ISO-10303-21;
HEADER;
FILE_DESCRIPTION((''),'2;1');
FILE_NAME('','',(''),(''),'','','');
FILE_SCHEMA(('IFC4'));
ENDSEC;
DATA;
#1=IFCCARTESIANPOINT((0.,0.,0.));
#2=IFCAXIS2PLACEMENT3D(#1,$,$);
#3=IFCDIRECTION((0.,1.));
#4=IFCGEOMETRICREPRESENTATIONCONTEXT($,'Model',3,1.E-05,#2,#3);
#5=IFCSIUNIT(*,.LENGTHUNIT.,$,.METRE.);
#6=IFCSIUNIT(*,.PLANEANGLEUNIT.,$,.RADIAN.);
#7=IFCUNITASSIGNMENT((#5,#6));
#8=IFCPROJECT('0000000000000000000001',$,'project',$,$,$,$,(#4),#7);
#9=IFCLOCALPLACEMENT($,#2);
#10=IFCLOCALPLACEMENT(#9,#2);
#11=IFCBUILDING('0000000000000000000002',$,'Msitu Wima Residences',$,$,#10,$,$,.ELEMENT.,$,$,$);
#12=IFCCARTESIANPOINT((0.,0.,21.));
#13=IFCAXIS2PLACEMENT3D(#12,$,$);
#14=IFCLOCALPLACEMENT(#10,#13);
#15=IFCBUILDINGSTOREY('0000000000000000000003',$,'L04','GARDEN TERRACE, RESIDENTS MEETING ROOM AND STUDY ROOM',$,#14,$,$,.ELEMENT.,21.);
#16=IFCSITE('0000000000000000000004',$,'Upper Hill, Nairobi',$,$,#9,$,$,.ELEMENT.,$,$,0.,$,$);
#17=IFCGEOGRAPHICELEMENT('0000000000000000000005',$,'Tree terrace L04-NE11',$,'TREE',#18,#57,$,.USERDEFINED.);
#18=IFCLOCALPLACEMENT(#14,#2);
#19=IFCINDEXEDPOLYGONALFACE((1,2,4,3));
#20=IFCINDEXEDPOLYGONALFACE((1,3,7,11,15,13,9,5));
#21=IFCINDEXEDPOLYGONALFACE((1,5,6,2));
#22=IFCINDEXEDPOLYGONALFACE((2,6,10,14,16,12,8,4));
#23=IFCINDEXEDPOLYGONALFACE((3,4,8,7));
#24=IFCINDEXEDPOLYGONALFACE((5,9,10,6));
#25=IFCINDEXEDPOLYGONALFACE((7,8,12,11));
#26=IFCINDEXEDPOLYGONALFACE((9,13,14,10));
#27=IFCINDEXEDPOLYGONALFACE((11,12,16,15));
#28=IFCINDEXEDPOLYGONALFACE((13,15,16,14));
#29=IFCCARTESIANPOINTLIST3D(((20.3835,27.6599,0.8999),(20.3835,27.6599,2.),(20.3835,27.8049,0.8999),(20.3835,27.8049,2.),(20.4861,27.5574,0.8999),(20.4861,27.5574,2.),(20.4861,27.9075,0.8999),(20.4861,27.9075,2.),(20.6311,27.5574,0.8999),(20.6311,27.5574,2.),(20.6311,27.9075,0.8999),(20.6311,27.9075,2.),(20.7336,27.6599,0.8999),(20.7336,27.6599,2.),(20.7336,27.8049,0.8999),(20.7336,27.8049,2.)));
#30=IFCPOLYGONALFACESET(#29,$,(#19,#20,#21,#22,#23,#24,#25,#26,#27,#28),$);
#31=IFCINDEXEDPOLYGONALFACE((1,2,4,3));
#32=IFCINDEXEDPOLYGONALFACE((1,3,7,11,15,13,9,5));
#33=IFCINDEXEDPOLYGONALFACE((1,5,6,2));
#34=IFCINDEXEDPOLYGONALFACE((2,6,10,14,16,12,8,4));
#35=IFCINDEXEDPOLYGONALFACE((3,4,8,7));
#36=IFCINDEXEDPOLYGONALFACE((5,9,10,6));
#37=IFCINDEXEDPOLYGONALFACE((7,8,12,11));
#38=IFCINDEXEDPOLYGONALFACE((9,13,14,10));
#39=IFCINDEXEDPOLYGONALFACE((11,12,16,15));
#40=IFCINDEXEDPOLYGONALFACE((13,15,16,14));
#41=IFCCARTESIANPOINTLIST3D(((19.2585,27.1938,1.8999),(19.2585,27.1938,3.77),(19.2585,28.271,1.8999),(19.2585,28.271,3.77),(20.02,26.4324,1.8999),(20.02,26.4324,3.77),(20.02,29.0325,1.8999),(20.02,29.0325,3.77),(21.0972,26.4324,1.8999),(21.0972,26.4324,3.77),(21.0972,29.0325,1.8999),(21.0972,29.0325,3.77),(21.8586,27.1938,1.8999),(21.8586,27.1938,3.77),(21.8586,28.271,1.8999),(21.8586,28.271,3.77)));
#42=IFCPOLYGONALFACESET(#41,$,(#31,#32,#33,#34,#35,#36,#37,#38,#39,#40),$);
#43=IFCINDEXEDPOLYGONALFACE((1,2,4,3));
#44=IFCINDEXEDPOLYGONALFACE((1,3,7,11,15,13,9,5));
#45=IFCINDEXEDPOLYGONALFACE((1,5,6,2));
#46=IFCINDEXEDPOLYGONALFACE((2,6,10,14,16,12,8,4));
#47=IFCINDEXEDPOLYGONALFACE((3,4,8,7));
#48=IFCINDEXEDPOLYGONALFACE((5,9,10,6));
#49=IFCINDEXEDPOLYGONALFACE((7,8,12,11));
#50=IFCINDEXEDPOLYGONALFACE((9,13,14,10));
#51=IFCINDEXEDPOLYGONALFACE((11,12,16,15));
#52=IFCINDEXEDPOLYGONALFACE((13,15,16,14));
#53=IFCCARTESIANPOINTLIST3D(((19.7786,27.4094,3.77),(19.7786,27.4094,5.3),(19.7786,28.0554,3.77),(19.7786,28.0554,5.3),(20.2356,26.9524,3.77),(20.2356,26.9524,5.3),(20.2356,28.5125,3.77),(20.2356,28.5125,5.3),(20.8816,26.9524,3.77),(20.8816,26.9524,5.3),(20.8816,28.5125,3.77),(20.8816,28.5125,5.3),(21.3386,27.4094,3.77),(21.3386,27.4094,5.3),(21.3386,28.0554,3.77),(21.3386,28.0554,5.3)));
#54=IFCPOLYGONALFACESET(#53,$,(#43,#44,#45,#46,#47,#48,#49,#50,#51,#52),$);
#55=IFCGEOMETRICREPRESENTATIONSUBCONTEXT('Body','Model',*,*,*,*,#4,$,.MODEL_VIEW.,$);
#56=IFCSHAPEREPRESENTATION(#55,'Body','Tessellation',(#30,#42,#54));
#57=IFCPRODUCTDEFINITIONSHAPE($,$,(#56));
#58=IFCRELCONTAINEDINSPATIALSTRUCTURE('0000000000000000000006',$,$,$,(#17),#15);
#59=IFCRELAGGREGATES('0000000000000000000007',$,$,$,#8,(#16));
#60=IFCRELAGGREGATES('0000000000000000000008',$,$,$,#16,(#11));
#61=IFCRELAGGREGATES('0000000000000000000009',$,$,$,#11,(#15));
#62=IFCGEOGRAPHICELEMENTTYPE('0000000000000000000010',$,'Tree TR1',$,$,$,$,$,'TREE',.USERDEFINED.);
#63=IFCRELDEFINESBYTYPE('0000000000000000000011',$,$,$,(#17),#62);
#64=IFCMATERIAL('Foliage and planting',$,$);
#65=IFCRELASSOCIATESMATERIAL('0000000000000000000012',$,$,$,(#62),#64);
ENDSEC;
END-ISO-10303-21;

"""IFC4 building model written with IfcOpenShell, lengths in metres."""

from ifc_helpers import new_model, si_unit, direction, frame, origin, place, context, subcontext, project, spatial, polyline, outline, extrude, material, type_object, element, save


model = new_model("IFC4")

# Units and contexts
model_context = context("Model", 3, precision=1e-05, world=origin(), true_north=direction((0.0, 1.0)))
body_context = subcontext(model_context, "Body", "Model", "MODEL_VIEW")
ifc_project = project(units=[si_unit("LENGTHUNIT", "METRE"), si_unit("PLANEANGLEUNIT", "RADIAN")], contexts=[model_context])

# Site, building, storey
site_placement = place(None, origin())
site = spatial("IfcSite", under=ifc_project, at=site_placement, Name="Upper Hill, Nairobi", CompositionType="ELEMENT", RefElevation=0.0)
building_placement = place(site_placement, origin())
building = spatial("IfcBuilding", under=site, at=building_placement, Name="Msitu Wima Residences", CompositionType="ELEMENT")
storey_placement = place(building_placement, frame((0.0, 0.0, 21.0)))
storey = spatial("IfcBuildingStorey", under=building, at=storey_placement, Name="L04", Description="GARDEN TERRACE, RESIDENTS MEETING ROOM AND STUDY ROOM", CompositionType="ELEMENT", Elevation=21.0)

# Geographic element
ifc_material_1 = material(Name="Foliage and planting")
geographic_element_type = type_object("IfcGeographicElementType", Name="Tree TR1", ElementType="TREE", PredefinedType="USERDEFINED", material=ifc_material_1)
for number, where, z_axis, x_axis, name in (
    (1, (20.5586, 27.7324, 0.8999), (0.0, 0.0, 1.0), (1.0, 0.0, 0.0), "Tree terrace L04-NE11"),
):
    element("IfcGeographicElement", number, at=place(storey_placement, frame(where, z_axis=z_axis, x_axis=x_axis)), inside=storey, type_object=geographic_element_type, Name=name, ObjectType="TREE", PredefinedType="USERDEFINED", context=body_context, shape_type="SweptSolid", body=[
        extrude(outline(polyline([(0.175, 0.0725), (0.0725, 0.175), (-0.0725, 0.175), (-0.175, 0.0725), (-0.175, -0.0725), (-0.0725, -0.175), (0.0725, -0.175), (0.175, -0.0725), (0.175, 0.0725)])), origin(), (0.0, 0.0, 1.0), 1.1001),
        extrude(outline(polyline([(1.3, 0.5386), (0.5386, 1.3), (-0.5386, 1.3), (-1.3, 0.5386), (-1.3, -0.5386), (-0.5386, -1.3), (0.5386, -1.3), (1.3, -0.5386), (1.3, 0.5386)])), frame((0.0, 0.0, 1.0)), (0.0, 0.0, 1.0), 1.8701),
        extrude(outline(polyline([(0.78, 0.323), (0.323, 0.78), (-0.323, 0.78), (-0.78, 0.323), (-0.78, -0.323), (-0.323, -0.78), (0.323, -0.78), (0.78, -0.323), (0.78, 0.323)])), frame((0.0, 0.0, 2.8701)), (0.0, 0.0, 1.0), 1.53),
    ])

save(model, "model.ifc")
